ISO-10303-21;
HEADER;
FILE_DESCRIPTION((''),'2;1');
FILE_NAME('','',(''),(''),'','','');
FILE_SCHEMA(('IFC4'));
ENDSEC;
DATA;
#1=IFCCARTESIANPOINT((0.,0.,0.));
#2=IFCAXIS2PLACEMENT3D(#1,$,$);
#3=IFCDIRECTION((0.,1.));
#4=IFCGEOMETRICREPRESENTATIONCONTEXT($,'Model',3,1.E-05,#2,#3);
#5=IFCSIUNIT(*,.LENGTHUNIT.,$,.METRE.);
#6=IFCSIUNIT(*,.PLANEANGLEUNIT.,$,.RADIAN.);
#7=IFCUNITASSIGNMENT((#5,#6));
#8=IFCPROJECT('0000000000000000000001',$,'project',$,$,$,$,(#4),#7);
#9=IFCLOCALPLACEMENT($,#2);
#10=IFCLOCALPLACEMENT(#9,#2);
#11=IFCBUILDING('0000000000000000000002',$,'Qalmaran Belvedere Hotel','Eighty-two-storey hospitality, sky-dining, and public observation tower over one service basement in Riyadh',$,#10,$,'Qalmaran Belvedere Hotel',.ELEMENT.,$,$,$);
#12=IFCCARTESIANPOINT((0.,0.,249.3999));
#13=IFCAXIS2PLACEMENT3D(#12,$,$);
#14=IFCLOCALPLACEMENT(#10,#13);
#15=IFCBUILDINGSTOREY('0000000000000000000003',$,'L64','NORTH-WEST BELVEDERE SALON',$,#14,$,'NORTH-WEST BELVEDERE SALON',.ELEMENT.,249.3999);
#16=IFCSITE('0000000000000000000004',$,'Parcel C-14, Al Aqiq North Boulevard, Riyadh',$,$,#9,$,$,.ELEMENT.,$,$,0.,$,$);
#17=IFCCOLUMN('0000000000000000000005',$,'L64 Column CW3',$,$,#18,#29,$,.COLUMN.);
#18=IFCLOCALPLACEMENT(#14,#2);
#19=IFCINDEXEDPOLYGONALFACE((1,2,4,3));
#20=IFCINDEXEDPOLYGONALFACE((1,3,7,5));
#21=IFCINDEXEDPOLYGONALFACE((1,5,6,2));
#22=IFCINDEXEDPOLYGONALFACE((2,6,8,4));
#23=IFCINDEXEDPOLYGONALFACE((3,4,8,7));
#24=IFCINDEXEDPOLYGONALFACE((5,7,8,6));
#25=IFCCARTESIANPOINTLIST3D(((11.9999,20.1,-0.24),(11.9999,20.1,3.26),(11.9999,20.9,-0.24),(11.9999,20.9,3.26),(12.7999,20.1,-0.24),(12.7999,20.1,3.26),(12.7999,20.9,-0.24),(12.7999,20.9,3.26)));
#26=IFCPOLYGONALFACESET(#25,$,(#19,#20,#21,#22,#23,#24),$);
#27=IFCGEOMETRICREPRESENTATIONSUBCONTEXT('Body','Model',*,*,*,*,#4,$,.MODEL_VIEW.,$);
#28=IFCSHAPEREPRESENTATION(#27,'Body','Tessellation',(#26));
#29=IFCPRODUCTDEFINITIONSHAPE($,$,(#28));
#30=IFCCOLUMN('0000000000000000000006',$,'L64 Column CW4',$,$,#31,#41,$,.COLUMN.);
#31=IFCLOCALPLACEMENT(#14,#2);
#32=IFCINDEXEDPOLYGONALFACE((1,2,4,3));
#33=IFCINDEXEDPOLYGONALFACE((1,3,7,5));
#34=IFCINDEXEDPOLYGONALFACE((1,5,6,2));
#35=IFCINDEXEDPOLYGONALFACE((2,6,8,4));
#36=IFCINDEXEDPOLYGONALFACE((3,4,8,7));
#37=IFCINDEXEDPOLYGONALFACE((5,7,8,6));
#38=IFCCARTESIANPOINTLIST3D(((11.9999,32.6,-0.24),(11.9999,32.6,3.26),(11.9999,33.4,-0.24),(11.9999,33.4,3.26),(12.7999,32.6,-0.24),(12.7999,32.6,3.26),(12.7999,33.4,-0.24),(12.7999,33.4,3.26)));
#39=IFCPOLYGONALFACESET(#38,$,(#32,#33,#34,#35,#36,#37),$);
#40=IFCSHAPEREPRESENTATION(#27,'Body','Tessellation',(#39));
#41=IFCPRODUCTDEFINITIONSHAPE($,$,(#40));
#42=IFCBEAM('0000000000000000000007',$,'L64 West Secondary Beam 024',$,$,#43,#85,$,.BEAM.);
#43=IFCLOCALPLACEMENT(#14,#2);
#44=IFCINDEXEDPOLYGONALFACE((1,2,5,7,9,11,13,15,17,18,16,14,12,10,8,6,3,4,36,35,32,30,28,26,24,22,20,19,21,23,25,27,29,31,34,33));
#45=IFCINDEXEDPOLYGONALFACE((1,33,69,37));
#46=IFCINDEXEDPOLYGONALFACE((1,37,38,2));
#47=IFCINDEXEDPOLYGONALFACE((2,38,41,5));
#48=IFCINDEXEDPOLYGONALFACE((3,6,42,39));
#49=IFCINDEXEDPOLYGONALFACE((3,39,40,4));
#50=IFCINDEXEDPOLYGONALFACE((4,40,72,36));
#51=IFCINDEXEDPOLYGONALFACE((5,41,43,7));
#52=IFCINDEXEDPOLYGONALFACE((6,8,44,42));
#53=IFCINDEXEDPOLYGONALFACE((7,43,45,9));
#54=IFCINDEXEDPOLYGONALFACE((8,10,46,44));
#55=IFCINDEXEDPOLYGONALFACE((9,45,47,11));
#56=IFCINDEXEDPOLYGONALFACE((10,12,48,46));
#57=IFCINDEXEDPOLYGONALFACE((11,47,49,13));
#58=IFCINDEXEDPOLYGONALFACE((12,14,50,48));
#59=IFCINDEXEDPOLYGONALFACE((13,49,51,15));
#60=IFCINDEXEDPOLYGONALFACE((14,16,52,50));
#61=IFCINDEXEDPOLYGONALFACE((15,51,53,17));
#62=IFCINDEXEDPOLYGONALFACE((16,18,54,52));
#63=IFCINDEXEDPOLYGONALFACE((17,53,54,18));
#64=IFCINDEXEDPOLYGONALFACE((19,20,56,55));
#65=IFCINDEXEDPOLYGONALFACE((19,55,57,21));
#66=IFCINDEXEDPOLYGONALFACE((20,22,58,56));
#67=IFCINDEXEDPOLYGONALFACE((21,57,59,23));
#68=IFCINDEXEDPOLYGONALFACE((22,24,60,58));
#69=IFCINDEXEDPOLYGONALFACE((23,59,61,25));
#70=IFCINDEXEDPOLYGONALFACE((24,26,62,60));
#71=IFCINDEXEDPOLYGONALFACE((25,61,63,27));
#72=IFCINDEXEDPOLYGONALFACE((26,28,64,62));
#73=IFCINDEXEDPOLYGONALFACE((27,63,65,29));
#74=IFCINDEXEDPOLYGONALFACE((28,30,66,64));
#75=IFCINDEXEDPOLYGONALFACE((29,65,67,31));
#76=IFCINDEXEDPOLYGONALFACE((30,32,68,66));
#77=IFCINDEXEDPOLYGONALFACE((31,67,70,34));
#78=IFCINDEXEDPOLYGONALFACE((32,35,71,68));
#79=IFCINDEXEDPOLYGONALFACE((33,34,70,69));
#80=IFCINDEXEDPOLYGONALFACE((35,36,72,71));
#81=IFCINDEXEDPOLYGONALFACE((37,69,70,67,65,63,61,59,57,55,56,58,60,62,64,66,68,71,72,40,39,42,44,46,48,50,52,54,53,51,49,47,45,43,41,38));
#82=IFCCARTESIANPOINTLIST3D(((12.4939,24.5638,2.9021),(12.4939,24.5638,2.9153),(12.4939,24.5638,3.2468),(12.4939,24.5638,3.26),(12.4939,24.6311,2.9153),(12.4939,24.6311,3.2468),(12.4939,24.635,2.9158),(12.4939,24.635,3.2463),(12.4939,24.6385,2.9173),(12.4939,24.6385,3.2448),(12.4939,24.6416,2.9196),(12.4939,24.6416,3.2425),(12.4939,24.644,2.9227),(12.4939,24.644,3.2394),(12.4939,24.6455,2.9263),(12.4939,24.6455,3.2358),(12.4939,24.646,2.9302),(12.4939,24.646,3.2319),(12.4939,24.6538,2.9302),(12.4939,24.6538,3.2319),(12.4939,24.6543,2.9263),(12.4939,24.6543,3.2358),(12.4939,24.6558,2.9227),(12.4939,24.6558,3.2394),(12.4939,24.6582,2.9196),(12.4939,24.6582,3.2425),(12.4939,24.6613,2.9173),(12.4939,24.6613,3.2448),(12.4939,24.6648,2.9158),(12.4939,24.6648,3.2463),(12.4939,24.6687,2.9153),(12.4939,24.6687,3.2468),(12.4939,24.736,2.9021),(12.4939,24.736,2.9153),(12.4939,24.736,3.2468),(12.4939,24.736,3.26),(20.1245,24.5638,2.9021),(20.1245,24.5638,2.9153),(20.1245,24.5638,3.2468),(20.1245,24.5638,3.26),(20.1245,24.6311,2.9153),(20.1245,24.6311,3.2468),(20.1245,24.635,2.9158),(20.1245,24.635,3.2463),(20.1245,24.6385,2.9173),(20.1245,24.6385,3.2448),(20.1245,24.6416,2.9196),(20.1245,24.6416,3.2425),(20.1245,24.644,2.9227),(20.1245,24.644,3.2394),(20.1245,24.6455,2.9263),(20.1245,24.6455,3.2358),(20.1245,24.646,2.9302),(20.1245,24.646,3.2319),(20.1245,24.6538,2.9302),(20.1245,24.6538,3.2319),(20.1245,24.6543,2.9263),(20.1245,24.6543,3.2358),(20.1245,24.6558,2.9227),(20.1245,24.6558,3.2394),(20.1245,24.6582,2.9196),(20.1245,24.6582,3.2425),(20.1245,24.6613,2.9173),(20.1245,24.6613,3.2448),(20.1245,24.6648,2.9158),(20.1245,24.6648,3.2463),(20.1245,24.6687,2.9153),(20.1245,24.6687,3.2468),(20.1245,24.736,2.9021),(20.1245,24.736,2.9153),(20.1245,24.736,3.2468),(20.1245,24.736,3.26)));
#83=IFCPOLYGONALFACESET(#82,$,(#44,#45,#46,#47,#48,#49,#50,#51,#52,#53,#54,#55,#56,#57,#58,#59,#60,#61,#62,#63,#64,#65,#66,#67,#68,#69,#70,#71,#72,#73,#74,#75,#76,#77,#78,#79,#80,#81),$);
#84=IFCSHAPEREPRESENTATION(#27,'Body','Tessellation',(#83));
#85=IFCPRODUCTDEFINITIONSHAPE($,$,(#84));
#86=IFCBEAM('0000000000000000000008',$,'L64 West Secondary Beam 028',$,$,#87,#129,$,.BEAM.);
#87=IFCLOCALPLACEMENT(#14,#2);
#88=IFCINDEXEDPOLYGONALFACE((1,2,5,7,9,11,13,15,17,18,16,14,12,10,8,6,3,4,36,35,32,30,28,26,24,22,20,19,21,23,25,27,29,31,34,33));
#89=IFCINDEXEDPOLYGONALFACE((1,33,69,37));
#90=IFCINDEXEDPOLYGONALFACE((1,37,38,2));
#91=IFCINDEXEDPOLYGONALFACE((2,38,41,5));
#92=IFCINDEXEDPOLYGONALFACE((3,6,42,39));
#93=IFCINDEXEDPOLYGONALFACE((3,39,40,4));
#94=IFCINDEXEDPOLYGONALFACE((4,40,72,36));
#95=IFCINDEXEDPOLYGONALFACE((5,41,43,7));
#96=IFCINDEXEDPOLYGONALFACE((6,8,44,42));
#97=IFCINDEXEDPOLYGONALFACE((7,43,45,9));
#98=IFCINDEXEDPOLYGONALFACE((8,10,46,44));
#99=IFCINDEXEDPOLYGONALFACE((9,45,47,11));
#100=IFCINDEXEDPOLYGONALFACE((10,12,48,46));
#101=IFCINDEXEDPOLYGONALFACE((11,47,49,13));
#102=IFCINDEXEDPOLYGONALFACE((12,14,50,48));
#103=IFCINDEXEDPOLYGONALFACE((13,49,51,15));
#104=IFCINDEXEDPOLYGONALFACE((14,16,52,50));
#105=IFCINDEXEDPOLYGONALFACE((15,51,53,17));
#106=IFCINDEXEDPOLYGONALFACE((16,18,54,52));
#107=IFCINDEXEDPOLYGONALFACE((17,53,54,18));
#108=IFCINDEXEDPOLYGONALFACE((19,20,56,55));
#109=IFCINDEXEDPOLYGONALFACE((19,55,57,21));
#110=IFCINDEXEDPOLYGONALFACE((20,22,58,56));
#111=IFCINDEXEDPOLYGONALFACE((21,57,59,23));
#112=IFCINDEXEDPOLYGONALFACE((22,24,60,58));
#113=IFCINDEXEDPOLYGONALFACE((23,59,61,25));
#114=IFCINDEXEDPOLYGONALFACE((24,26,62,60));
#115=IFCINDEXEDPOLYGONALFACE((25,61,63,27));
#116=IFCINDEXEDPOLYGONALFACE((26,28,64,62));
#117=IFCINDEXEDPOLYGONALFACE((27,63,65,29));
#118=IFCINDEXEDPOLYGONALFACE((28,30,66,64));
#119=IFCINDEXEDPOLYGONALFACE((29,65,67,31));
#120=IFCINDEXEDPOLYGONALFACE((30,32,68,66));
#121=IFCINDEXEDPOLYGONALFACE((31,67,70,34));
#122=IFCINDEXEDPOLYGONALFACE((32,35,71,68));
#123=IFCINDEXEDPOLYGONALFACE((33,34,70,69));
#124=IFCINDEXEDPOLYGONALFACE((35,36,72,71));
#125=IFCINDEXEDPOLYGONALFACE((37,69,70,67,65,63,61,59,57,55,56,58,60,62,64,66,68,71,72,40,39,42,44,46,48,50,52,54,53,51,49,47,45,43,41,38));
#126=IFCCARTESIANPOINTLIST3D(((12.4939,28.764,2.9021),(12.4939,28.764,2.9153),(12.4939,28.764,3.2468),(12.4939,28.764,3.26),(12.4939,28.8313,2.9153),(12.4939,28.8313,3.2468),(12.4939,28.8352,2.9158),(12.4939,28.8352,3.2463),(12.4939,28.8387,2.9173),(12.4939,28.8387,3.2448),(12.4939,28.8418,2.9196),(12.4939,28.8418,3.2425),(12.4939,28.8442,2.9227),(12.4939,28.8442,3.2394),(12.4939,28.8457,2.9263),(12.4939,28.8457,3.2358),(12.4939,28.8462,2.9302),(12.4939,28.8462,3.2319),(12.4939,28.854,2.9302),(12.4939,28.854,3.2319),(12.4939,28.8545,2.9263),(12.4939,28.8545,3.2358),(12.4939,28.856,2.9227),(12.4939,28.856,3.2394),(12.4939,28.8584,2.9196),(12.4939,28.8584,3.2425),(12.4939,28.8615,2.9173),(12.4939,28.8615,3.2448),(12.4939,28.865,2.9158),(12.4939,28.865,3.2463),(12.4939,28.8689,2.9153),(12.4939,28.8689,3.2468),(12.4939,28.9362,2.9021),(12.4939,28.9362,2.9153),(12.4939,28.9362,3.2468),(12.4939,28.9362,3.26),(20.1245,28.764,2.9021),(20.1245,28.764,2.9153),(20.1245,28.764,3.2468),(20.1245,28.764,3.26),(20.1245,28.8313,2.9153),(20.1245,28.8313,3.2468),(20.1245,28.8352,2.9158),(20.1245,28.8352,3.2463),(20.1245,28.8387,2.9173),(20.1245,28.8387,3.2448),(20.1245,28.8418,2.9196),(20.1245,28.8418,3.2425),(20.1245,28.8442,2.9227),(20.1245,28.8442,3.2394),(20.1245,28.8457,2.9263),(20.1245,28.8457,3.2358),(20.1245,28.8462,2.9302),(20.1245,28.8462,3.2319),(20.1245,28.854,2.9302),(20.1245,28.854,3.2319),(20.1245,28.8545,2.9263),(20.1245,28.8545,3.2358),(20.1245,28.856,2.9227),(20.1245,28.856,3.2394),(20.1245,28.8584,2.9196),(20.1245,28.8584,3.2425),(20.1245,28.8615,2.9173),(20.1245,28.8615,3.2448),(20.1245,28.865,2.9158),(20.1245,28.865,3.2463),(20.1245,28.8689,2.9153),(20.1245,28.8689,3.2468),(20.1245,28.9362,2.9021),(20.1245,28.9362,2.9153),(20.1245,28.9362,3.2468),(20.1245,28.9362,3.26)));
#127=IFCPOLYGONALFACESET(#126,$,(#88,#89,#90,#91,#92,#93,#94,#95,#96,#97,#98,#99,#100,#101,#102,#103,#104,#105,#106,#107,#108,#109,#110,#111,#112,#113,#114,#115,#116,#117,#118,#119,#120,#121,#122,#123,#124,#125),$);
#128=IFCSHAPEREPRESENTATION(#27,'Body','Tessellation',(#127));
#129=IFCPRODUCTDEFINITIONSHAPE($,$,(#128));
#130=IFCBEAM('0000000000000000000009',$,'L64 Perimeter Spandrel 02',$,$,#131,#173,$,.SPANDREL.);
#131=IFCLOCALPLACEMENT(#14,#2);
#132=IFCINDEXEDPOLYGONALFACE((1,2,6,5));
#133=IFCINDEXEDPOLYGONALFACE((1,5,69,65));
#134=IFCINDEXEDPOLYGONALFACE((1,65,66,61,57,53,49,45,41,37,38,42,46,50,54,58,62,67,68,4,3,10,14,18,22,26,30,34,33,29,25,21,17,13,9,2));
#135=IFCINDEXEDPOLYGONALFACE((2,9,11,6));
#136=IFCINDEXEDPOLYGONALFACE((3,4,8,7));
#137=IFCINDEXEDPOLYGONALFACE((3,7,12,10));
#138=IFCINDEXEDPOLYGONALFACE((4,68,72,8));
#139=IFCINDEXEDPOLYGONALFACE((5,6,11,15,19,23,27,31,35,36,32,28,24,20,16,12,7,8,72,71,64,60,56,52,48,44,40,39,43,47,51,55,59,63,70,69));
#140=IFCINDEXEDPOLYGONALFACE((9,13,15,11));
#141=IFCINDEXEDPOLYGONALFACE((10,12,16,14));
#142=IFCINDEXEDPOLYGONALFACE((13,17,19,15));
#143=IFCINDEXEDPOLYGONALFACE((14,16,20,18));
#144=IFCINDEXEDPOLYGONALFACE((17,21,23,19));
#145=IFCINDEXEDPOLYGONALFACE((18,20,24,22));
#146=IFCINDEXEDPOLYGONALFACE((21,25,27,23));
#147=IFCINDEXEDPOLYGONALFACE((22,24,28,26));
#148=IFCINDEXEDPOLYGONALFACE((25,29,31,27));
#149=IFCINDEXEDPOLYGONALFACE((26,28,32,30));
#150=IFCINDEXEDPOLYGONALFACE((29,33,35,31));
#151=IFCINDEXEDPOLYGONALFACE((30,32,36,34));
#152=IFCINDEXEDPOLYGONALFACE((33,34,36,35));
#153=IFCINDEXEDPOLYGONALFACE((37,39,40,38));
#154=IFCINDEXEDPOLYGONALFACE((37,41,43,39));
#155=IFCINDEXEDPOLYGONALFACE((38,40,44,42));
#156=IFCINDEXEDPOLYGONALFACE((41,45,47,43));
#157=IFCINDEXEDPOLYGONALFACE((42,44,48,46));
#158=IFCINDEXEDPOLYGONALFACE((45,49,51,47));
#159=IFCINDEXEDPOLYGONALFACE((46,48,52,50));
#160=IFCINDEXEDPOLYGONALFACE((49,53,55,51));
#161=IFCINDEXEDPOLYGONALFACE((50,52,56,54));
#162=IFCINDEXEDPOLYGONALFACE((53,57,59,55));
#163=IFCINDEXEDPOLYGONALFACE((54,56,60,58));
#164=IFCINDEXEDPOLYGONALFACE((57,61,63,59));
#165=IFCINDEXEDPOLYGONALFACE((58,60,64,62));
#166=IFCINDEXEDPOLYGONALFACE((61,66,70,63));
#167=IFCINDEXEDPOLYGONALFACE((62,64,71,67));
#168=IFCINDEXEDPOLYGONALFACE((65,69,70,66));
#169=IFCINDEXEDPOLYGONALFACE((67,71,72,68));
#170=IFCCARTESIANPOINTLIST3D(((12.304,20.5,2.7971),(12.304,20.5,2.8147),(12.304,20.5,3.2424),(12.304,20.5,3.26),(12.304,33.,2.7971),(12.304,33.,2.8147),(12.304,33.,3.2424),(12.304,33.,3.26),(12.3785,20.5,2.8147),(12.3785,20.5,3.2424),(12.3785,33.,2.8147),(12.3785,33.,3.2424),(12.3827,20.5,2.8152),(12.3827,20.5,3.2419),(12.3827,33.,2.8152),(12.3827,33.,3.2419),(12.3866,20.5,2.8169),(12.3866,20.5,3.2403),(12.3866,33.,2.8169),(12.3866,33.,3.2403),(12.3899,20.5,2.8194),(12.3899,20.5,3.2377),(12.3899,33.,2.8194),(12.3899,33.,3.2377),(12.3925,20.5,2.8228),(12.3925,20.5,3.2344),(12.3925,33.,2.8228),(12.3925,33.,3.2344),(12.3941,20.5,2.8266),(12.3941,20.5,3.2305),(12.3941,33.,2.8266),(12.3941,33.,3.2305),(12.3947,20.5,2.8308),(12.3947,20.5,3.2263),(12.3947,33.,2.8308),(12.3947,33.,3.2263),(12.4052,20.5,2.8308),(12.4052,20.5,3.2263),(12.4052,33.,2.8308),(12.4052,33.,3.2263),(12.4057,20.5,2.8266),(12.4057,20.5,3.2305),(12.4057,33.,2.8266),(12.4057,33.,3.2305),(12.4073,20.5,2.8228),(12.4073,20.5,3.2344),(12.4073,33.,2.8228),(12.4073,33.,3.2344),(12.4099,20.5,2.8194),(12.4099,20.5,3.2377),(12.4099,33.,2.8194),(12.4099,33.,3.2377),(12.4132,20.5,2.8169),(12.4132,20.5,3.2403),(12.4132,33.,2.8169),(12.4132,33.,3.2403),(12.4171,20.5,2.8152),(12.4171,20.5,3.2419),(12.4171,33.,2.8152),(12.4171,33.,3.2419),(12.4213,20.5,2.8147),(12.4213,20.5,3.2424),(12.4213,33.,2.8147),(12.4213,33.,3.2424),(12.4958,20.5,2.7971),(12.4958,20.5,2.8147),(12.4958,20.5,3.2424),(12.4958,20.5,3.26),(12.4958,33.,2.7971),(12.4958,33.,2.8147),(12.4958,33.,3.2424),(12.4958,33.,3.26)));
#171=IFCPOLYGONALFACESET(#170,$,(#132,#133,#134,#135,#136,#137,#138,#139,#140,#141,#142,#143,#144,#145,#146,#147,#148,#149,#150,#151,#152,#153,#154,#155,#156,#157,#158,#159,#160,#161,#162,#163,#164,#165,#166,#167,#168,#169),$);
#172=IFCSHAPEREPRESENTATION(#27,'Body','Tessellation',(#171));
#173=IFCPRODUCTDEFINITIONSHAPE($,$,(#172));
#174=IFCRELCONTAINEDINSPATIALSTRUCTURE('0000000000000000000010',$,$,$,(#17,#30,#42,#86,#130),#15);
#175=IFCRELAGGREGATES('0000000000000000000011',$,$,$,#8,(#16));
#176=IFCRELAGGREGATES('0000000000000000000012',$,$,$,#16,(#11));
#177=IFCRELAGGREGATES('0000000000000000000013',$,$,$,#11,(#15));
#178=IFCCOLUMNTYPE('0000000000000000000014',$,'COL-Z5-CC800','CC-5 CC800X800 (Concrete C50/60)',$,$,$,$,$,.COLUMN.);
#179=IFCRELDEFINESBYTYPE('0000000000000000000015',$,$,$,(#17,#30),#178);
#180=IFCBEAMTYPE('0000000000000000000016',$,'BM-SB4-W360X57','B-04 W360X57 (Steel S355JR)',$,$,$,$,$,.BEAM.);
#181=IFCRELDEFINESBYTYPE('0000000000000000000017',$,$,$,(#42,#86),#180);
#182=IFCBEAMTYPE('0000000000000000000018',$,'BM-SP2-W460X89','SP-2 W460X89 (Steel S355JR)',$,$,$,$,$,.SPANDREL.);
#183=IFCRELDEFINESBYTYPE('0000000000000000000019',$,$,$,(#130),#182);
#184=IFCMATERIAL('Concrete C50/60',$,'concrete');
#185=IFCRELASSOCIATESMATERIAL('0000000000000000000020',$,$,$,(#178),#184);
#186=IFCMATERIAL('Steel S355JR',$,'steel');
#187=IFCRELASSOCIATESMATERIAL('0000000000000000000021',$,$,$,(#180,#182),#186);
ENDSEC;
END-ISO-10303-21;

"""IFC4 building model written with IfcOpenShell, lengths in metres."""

from ifc_helpers import new_model, si_unit, direction, frame, origin, origin_2d, place, context, subcontext, project, spatial, rectangle, i_section, extrude, material, material_profile, profile_set, type_object, element, save


model = new_model("IFC4")

# Units and contexts
model_context = context("Model", 3, precision=1e-05, world=origin(), true_north=direction((0.0, 1.0)))
body_context = subcontext(model_context, "Body", "Model", "MODEL_VIEW")
ifc_project = project(units=[si_unit("LENGTHUNIT", "METRE"), si_unit("PLANEANGLEUNIT", "RADIAN")], contexts=[model_context])

# Site, building, storey
site_placement = place(None, origin())
site = spatial("IfcSite", under=ifc_project, at=site_placement, Name="Parcel C-14, Al Aqiq North Boulevard, Riyadh", CompositionType="ELEMENT", RefElevation=0.0)
building_placement = place(site_placement, origin())
building = spatial("IfcBuilding", under=site, at=building_placement, Name="Qalmaran Belvedere Hotel", Description="Eighty-two-storey hospitality, sky-dining, and public observation tower over one service basement in Riyadh", LongName="Qalmaran Belvedere Hotel", CompositionType="ELEMENT")
storey_placement = place(building_placement, frame((0.0, 0.0, 249.3999)))
storey = spatial("IfcBuildingStorey", under=building, at=storey_placement, Name="L64", Description="NORTH-WEST BELVEDERE SALON", LongName="NORTH-WEST BELVEDERE SALON", CompositionType="ELEMENT", Elevation=249.3999)

# Columns
ifc_material_1 = material(Name="Concrete C50/60", Category="concrete")
ifc_material_profile_1 = material_profile(ifc_material_1, rectangle(XDim=0.8, YDim=0.8, at=origin_2d()), Name="CC800X800")
ifc_profile_set_1 = profile_set([ifc_material_profile_1], Name="Concrete C50/60")
column_type = type_object("IfcColumnType", Name="COL-Z5-CC800", Description="CC-5 CC800X800 (Concrete C50/60)", PredefinedType="COLUMN", material=ifc_profile_set_1)
for number, where, z_axis, x_axis, name in (
    (1, (12.3999, 20.5, -0.24), (0.0, 0.0, 1.0), (1.0, 0.0, 0.0), "L64 Column CW3"),
    (2, (12.3999, 33.0, -0.24), (0.0, 0.0, 1.0), (1.0, 0.0, 0.0), "L64 Column CW4"),
):
    element("IfcColumn", number, at=place(storey_placement, frame(where, z_axis=z_axis, x_axis=x_axis)), inside=storey, type_object=column_type, Name=name, PredefinedType="COLUMN", context=body_context, shape_type="SweptSolid", body=[
        extrude(rectangle(XDim=0.8, YDim=0.8, at=origin_2d()), origin(), (0.0, 0.0, 1.0), 3.5),
    ])

# Beams
ifc_material_2 = material(Name="Steel S355JR", Category="steel")
ifc_material_profile_2 = material_profile(ifc_material_2, i_section(OverallWidth=0.1721, OverallDepth=0.3579, WebThickness=0.0078, FlangeThickness=0.0132, FilletRadius=0.0149, at=origin_2d()), Name="W360X57")
ifc_profile_set_2 = profile_set([ifc_material_profile_2], Name="Steel S355JR")
beam_type_1 = type_object("IfcBeamType", Name="BM-SB4-W360X57", Description="B-04 W360X57 (Steel S355JR)", PredefinedType="BEAM", material=ifc_profile_set_2)
for number, where, z_axis, x_axis, name in (
    (3, (12.4939, 24.6499, 3.0811), (1.0, 0.0, 0.0), (0.0, 1.0, 0.0), "L64 West Secondary Beam 024"),
    (4, (12.4939, 28.8501, 3.0811), (1.0, 0.0, 0.0), (0.0, 1.0, 0.0), "L64 West Secondary Beam 028"),
):
    element("IfcBeam", number, at=place(storey_placement, frame(where, z_axis=z_axis, x_axis=x_axis)), inside=storey, type_object=beam_type_1, Name=name, PredefinedType="BEAM", context=body_context, shape_type="SweptSolid", body=[
        extrude(i_section(OverallWidth=0.1721, OverallDepth=0.3579, WebThickness=0.0078, FlangeThickness=0.0132, FilletRadius=0.0149, at=origin_2d()), origin(), (0.0, 0.0, 1.0), 7.6306),
    ])
ifc_material_profile_3 = material_profile(ifc_material_2, i_section(OverallWidth=0.1919, OverallDepth=0.4629, WebThickness=0.0105, FlangeThickness=0.0176, FilletRadius=0.0161, at=origin_2d()), Name="W460X89")
ifc_profile_set_3 = profile_set([ifc_material_profile_3], Name="Steel S355JR")
beam_type_2 = type_object("IfcBeamType", Name="BM-SP2-W460X89", Description="SP-2 W460X89 (Steel S355JR)", PredefinedType="SPANDREL", material=ifc_profile_set_3)
beam_placement = place(storey_placement, frame((12.3999, 20.5, 3.0286), z_axis=(0.0, 1.0, 0.0), x_axis=(-1.0, 0.0, 0.0)))
element("IfcBeam", 5, at=beam_placement, inside=storey, type_object=beam_type_2, Name="L64 Perimeter Spandrel 02", PredefinedType="SPANDREL", context=body_context, shape_type="SweptSolid", body=[
    extrude(i_section(OverallWidth=0.1919, OverallDepth=0.4629, WebThickness=0.0105, FlangeThickness=0.0176, FilletRadius=0.0161, at=origin_2d()), origin(), (0.0, 0.0, 1.0), 12.5),
])

save(model, "model.ifc")
